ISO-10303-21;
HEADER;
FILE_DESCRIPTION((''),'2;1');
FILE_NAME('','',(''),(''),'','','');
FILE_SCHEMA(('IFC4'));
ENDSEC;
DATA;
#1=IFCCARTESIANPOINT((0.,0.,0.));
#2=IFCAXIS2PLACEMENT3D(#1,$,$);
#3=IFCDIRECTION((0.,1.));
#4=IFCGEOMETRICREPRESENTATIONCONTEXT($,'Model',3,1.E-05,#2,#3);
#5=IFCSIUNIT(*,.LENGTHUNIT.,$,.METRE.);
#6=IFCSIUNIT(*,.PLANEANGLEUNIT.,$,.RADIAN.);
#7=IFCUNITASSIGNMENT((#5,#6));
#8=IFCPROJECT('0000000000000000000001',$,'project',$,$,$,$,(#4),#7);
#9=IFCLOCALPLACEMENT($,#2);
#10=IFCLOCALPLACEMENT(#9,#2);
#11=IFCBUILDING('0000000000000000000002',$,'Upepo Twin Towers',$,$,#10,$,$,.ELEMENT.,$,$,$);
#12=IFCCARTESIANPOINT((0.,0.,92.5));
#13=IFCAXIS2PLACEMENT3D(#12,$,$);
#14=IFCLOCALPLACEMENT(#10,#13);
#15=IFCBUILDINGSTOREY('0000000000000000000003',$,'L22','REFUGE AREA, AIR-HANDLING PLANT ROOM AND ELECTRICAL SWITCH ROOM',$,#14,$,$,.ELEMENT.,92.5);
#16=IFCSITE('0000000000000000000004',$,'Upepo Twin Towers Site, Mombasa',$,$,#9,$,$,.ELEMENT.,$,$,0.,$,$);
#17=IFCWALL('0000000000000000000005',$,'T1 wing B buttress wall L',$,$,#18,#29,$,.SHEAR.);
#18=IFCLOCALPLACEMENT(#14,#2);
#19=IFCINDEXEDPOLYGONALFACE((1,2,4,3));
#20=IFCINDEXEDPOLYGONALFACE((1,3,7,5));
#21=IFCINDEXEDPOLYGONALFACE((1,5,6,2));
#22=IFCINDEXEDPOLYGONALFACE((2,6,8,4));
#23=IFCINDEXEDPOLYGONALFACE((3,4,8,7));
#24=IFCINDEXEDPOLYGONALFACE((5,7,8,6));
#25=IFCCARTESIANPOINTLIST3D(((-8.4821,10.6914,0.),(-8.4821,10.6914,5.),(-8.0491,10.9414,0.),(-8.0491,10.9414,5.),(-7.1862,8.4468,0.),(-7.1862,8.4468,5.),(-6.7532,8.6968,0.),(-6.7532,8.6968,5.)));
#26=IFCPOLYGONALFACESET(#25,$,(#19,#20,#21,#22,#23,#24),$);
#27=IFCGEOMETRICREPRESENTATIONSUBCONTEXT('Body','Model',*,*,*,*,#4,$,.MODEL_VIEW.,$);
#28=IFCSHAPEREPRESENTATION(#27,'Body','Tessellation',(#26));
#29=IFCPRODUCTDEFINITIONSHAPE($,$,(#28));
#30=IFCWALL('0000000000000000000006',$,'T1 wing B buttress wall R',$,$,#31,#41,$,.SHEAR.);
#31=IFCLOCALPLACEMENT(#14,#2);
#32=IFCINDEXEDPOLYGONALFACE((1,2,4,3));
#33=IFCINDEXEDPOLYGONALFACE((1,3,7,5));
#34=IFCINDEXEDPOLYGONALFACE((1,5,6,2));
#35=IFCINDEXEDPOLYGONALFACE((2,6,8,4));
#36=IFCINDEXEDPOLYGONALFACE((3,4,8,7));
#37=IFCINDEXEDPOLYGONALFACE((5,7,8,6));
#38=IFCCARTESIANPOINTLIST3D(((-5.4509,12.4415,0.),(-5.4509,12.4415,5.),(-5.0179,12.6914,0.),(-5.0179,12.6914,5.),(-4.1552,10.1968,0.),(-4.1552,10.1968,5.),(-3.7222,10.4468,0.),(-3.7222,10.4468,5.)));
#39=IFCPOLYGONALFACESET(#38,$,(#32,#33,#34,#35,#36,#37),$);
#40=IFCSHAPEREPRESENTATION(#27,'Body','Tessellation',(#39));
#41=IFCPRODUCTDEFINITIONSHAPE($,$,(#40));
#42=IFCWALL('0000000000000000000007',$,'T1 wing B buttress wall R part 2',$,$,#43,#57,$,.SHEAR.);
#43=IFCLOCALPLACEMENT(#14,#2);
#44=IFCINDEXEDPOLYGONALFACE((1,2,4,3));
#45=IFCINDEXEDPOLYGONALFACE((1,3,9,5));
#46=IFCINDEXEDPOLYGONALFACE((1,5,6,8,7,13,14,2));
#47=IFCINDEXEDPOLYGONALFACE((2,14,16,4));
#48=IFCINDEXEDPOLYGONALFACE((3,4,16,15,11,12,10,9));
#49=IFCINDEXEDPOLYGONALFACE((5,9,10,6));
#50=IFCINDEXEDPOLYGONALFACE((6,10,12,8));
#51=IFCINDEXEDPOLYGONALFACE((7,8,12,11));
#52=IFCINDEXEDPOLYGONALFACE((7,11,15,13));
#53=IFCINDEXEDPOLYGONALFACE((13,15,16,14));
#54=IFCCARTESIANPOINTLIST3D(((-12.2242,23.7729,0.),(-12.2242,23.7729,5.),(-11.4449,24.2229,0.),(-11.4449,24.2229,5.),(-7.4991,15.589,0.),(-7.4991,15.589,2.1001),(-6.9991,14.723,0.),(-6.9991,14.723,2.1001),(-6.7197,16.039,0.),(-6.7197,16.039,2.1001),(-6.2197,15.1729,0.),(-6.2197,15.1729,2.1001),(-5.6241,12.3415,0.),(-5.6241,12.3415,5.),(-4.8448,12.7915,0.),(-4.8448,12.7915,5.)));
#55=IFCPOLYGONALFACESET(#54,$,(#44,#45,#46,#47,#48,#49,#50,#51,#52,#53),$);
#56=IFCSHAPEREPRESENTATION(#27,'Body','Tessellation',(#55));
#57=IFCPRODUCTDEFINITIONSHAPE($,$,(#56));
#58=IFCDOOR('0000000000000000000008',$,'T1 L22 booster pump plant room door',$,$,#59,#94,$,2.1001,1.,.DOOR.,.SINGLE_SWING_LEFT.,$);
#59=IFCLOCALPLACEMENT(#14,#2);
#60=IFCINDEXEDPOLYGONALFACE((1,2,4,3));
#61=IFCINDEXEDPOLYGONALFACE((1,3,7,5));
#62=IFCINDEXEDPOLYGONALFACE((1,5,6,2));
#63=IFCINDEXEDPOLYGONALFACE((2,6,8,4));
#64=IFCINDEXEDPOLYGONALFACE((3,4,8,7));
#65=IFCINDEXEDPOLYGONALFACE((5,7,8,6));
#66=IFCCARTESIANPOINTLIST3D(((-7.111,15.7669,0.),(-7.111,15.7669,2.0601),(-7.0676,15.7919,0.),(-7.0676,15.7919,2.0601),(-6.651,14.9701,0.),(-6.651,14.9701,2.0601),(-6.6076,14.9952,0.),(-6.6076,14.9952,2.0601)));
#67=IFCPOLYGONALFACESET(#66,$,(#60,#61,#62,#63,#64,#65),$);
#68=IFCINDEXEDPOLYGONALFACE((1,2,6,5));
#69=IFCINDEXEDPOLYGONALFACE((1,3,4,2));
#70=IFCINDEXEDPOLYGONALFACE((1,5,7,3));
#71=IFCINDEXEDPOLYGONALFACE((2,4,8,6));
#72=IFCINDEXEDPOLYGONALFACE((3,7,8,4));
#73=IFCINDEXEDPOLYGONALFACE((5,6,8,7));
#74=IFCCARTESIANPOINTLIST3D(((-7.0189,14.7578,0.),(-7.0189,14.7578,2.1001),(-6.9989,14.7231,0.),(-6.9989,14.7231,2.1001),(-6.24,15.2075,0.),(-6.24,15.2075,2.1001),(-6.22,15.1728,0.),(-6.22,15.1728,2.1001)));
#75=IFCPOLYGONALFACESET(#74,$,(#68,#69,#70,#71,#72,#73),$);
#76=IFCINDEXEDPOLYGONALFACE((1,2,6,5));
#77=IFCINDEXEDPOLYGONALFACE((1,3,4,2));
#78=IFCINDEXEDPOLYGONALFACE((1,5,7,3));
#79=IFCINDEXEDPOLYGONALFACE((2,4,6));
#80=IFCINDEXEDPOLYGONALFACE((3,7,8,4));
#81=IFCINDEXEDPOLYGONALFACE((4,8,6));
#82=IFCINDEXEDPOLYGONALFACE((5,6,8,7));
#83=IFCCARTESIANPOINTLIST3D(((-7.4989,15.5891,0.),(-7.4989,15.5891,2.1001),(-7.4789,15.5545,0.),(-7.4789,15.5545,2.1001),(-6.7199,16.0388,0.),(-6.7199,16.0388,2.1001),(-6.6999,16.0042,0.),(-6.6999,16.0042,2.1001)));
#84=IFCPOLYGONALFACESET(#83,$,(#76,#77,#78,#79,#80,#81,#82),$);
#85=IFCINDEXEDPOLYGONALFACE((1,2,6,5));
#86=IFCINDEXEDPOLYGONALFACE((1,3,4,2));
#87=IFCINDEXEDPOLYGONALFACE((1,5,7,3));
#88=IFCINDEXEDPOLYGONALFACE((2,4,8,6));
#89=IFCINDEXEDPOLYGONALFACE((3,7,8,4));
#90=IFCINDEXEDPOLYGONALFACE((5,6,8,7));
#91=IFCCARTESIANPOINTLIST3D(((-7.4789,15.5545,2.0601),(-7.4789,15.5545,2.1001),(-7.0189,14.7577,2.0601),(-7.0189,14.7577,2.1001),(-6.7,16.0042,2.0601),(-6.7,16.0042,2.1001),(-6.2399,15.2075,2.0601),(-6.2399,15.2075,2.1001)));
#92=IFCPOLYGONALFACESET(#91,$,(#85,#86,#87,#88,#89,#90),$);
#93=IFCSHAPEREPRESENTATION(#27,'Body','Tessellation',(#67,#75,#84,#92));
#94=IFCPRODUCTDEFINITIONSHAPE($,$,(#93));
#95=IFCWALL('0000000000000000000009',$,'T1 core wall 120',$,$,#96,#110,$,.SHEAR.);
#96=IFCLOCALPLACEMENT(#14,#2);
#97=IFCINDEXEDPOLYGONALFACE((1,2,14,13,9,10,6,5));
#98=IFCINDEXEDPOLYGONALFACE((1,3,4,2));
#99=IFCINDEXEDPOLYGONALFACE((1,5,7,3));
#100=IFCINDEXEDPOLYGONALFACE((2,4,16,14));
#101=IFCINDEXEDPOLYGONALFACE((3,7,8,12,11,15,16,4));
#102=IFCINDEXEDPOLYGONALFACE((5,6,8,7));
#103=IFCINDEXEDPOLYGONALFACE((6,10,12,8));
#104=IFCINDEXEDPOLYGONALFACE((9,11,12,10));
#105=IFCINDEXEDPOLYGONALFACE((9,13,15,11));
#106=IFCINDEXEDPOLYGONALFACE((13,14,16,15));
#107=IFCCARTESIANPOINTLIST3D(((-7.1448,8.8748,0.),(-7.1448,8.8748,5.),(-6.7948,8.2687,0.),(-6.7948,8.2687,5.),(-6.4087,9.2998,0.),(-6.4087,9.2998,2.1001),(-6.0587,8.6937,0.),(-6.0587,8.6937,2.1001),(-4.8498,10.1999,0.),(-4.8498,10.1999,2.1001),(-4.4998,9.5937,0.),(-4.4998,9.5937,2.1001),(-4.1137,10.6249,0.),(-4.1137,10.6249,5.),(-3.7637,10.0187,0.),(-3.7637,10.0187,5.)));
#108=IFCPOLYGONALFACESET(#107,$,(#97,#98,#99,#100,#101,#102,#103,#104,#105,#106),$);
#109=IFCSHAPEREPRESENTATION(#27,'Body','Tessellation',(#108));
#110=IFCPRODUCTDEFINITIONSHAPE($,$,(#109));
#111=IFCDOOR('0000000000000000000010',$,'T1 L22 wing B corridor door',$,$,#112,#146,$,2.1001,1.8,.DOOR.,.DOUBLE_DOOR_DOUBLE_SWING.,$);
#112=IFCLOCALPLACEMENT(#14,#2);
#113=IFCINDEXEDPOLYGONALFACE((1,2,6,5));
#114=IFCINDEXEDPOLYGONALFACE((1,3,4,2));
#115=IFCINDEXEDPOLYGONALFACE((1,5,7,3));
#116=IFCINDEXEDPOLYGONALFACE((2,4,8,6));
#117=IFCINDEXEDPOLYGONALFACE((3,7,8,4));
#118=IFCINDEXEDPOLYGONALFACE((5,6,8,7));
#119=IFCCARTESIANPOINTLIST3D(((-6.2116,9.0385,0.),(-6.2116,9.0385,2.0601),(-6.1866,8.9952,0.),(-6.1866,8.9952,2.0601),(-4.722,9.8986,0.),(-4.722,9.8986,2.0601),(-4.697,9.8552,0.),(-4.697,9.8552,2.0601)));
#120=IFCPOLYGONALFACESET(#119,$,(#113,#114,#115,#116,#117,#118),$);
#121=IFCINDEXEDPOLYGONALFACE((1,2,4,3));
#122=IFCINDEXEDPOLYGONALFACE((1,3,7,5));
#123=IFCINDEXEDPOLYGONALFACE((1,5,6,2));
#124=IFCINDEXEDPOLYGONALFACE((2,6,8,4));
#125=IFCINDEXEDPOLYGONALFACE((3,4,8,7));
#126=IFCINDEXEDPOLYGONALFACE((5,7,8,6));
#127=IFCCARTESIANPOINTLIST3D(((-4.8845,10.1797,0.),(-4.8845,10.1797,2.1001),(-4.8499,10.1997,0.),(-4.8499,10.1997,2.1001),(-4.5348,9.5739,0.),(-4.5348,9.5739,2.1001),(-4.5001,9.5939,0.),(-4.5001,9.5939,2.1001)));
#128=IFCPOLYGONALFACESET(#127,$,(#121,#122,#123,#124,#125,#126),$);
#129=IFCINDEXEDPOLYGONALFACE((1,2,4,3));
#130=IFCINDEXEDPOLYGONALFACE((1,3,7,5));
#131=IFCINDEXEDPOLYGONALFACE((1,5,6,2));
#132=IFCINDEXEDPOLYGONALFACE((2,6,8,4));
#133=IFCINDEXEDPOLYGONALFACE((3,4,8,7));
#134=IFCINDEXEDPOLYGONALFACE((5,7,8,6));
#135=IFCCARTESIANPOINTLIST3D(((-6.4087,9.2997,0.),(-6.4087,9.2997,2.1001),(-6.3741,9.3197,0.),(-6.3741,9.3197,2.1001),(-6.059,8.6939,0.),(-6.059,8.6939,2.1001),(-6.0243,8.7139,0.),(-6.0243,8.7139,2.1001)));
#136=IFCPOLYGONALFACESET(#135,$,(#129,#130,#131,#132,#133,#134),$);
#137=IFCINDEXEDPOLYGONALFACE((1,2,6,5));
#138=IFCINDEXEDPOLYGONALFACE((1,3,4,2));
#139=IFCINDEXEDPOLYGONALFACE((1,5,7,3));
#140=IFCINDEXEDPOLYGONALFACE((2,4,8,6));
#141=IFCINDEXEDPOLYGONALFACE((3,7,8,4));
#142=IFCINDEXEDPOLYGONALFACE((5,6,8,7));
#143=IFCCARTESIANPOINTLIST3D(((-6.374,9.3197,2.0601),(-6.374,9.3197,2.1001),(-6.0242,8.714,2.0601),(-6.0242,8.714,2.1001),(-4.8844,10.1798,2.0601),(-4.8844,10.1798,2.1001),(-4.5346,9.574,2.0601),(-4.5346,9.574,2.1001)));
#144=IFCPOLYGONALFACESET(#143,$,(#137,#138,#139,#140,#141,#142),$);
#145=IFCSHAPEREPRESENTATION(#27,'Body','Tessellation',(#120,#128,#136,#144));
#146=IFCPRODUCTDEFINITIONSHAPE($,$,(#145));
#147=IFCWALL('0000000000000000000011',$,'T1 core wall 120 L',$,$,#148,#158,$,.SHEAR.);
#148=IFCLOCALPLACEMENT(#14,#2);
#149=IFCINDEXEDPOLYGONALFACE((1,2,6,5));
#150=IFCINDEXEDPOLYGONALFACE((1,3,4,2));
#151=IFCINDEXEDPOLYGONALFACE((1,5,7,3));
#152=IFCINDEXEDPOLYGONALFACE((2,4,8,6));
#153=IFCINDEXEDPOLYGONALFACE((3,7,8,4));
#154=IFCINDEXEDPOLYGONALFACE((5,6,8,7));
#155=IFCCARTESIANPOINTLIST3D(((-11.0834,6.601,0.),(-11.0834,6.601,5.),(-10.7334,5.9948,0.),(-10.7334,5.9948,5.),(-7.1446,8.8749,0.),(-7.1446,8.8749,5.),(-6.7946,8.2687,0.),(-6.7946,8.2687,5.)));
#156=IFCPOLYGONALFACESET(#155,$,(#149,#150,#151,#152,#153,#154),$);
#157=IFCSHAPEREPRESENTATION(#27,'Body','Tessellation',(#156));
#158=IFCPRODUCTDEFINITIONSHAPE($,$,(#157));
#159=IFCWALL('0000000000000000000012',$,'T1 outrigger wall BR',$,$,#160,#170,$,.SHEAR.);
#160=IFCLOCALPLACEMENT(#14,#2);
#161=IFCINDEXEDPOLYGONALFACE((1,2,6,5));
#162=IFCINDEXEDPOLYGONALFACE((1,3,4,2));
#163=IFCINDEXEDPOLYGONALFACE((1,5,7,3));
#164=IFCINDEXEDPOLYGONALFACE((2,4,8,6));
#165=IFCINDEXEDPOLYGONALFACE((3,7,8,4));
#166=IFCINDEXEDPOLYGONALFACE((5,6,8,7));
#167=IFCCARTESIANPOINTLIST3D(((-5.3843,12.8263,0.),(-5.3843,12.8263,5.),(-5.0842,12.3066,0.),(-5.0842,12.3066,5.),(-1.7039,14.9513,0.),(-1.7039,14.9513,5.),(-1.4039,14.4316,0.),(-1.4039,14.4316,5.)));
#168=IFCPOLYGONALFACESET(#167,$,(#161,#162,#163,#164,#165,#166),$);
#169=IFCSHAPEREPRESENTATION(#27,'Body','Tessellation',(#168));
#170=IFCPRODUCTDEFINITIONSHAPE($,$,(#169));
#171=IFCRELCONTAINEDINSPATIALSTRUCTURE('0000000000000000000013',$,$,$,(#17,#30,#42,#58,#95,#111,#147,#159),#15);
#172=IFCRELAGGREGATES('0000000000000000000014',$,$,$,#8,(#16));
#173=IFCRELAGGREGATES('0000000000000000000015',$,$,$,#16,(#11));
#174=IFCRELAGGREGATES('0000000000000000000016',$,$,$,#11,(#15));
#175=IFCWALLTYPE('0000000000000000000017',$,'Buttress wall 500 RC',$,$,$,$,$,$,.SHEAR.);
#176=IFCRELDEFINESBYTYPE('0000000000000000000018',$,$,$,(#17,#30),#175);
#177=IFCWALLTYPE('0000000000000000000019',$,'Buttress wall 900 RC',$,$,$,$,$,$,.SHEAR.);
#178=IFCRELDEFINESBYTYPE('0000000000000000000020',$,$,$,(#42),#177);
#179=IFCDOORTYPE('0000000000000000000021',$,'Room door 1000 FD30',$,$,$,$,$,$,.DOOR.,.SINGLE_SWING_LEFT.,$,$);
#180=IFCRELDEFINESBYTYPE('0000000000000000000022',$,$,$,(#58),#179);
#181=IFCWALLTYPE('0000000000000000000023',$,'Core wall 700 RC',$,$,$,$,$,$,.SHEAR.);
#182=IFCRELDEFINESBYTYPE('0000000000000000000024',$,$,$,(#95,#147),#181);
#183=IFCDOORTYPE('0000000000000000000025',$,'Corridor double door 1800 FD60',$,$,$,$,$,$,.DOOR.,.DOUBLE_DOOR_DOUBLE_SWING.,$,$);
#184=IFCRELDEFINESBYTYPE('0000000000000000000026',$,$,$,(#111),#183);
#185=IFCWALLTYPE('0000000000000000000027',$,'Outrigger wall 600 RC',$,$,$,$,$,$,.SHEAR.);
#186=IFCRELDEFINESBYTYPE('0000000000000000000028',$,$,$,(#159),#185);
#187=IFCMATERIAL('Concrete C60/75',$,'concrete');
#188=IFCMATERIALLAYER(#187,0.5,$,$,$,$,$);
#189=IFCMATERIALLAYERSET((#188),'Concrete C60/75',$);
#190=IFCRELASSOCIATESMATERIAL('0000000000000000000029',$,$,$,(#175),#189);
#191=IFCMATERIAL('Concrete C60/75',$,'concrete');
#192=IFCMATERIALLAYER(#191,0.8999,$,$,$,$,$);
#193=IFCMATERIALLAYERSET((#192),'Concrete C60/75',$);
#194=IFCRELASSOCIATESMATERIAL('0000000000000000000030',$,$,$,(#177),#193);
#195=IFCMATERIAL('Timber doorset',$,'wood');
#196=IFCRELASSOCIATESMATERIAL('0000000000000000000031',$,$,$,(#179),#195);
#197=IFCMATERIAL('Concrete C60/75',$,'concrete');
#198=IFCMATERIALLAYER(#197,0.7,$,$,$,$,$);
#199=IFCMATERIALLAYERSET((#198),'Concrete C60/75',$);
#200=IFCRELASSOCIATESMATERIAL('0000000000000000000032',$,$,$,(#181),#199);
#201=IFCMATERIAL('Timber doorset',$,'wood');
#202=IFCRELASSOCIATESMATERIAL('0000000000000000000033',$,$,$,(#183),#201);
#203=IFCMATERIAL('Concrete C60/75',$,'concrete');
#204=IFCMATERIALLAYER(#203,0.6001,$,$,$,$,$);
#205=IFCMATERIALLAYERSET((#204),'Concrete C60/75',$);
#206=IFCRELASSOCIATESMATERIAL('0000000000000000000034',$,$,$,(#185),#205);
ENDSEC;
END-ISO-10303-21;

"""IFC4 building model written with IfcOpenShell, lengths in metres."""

from ifc_helpers import new_model, si_unit, direction, frame, frame_2d, origin, place, context, subcontext, project, spatial, rectangle, extrude, material, layer, layer_set, type_object, element, fill, save


model = new_model("IFC4")

# Units and contexts
model_context = context("Model", 3, precision=1e-05, world=origin(), true_north=direction((0.0, 1.0)))
body_context = subcontext(model_context, "Body", "Model", "MODEL_VIEW")
ifc_project = project(units=[si_unit("LENGTHUNIT", "METRE"), si_unit("PLANEANGLEUNIT", "RADIAN")], contexts=[model_context])

# Site, building, storey
site_placement = place(None, origin())
site = spatial("IfcSite", under=ifc_project, at=site_placement, Name="Upepo Twin Towers Site, Mombasa", CompositionType="ELEMENT", RefElevation=0.0)
building_placement = place(site_placement, origin())
building = spatial("IfcBuilding", under=site, at=building_placement, Name="Upepo Twin Towers", CompositionType="ELEMENT")
storey_placement = place(building_placement, frame((0.0, 0.0, 92.5)))
storey = spatial("IfcBuildingStorey", under=building, at=storey_placement, Name="L22", Description="REFUGE AREA, AIR-HANDLING PLANT ROOM AND ELECTRICAL SWITCH ROOM", CompositionType="ELEMENT", Elevation=92.5)

# Walls
ifc_material_1 = material(Name="Concrete C60/75", Category="concrete")
ifc_layer_1 = layer(ifc_material_1, 0.5)
ifc_layer_set_1 = layer_set([ifc_layer_1], Name="Concrete C60/75")
wall_type_1 = type_object("IfcWallType", Name="Buttress wall 500 RC", PredefinedType="SHEAR", material=ifc_layer_set_1)
for number, where, z_axis, x_axis, name in (
    (1, (-6.9697, 8.5718, 0.0), (0.0, 0.0, 1.0), (-0.499989, 0.866032, 0.0), "T1 wing B buttress wall L"),
    (2, (-3.9387, 10.3218, 0.0), (0.0, 0.0, 1.0), (-0.499918, 0.866073, 0.0), "T1 wing B buttress wall R"),
):
    element("IfcWall", number, at=place(storey_placement, frame(where, z_axis=z_axis, x_axis=x_axis)), inside=storey, type_object=wall_type_1, Name=name, PredefinedType="SHEAR", context=body_context, shape_type="SweptSolid", body=[
        extrude(rectangle(XDim=2.5918, YDim=0.5, at=frame_2d((1.2959, 0.0))), origin(), (0.0, 0.0, 1.0), 5.0),
    ])

# Walls, openings, doors
ifc_material_2 = material(Name="Concrete C60/75", Category="concrete")
ifc_layer_2 = layer(ifc_material_2, 0.8999)
ifc_layer_set_2 = layer_set([ifc_layer_2], Name="Concrete C60/75")
wall_type_2 = type_object("IfcWallType", Name="Buttress wall 900 RC", PredefinedType="SHEAR", material=ifc_layer_set_2)
wall_1_placement = place(storey_placement, frame((-5.2344, 12.5664, 0.0), z_axis=(0.0, 0.0, 1.0), x_axis=(-0.50001, 0.86602, 0.0)))
wall_1 = element("IfcWall", 3, at=wall_1_placement, inside=storey, type_object=wall_type_2, Name="T1 wing B buttress wall R part 2", PredefinedType="SHEAR", context=body_context, shape_type="SweptSolid", body=[
    extrude(rectangle(XDim=13.2, YDim=0.8999, at=frame_2d((6.6001, 0.0))), origin(), (0.0, 0.0, 1.0), 5.0),
])
opening_1_placement = place(wall_1_placement, frame((2.75, 0.0, 0.0)))
opening_1 = element("IfcOpeningElement", 4, at=opening_1_placement, cuts=wall_1, PredefinedType="OPENING", context=body_context, shape_type="SweptSolid", body=[
    extrude(rectangle(XDim=1.0, YDim=2.1001, at=frame_2d((0.5, 1.05))), frame((0.0, 0.46, 0.0), z_axis=(0.0, -1.0, 0.0), x_axis=(1.0, 0.0, 0.0)), (0.0, 0.0, 1.0), 0.9199),
])
ifc_material_3 = material(Name="Timber doorset", Category="wood")
door_type_1 = type_object("IfcDoorType", Name="Room door 1000 FD30", OperationType="SINGLE_SWING_LEFT", PredefinedType="DOOR", material=ifc_material_3)
door_1_placement = place(opening_1_placement, origin())
door_1 = element("IfcDoor", 5, at=door_1_placement, inside=storey, type_object=door_type_1, Name="T1 L22 booster pump plant room door", OperationType="SINGLE_SWING_LEFT", OverallHeight=2.1001, OverallWidth=1.0, PredefinedType="DOOR", context=body_context, shape_type="SweptSolid", body=[
    extrude(rectangle(XDim=0.92, YDim=2.0601, at=frame_2d((0.5, 1.03))), frame((0.0, 0.0249, 0.0), z_axis=(0.0, -1.0, 0.0), x_axis=(1.0, 0.0, 0.0)), (0.0, 0.0, 1.0), 0.05),
    extrude(rectangle(XDim=0.04, YDim=2.1001, at=frame_2d((0.02, 1.05))), frame((0.0, 0.4497, 0.0), z_axis=(0.0, -1.0, 0.0), x_axis=(1.0, 0.0, 0.0)), (0.0, 0.0, 1.0), 0.8994),
    extrude(rectangle(XDim=0.04, YDim=2.1001, at=frame_2d((0.98, 1.05))), frame((0.0, 0.4497, 0.0), z_axis=(0.0, -1.0, 0.0), x_axis=(1.0, 0.0, 0.0)), (0.0, 0.0, 1.0), 0.8994),
    extrude(rectangle(XDim=0.92, YDim=0.04, at=frame_2d((0.5, 2.0801))), frame((0.0, 0.4497, 0.0), z_axis=(0.0, -1.0, 0.0), x_axis=(1.0, 0.0, 0.0)), (0.0, 0.0, 1.0), 0.8994),
])
fill(opening_1, door_1)
ifc_material_4 = material(Name="Concrete C60/75", Category="concrete")
ifc_layer_3 = layer(ifc_material_4, 0.7)
ifc_layer_set_3 = layer_set([ifc_layer_3], Name="Concrete C60/75")
wall_type_3 = type_object("IfcWallType", Name="Core wall 700 RC", PredefinedType="SHEAR", material=ifc_layer_set_3)
wall_2_placement = place(storey_placement, frame((-3.9387, 10.3218, 0.0), z_axis=(0.0, 0.0, 1.0), x_axis=(-0.866019, -0.50001, 0.0)))
wall_2 = element("IfcWall", 6, at=wall_2_placement, inside=storey, type_object=wall_type_3, Name="T1 core wall 120", PredefinedType="SHEAR", context=body_context, shape_type="SweptSolid", body=[
    extrude(rectangle(XDim=3.5, YDim=0.7, at=frame_2d((1.75, 0.0))), origin(), (0.0, 0.0, 1.0), 5.0),
])
opening_2_placement = place(wall_2_placement, frame((0.8501, 0.0, 0.0)))
opening_2 = element("IfcOpeningElement", 7, at=opening_2_placement, cuts=wall_2, PredefinedType="OPENING", context=body_context, shape_type="SweptSolid", body=[
    extrude(rectangle(XDim=1.8, YDim=2.1001, at=frame_2d((0.8999, 1.05))), frame((0.0, 0.3599, 0.0), z_axis=(0.0, -1.0, 0.0), x_axis=(1.0, 0.0, 0.0)), (0.0, 0.0, 1.0), 0.72),
])
ifc_material_5 = material(Name="Timber doorset", Category="wood")
door_type_2 = type_object("IfcDoorType", Name="Corridor double door 1800 FD60", OperationType="DOUBLE_DOOR_DOUBLE_SWING", PredefinedType="DOOR", material=ifc_material_5)
door_2_placement = place(opening_2_placement, origin())
door_2 = element("IfcDoor", 8, at=door_2_placement, inside=storey, type_object=door_type_2, Name="T1 L22 wing B corridor door", OperationType="DOUBLE_DOOR_DOUBLE_SWING", OverallHeight=2.1001, OverallWidth=1.8, PredefinedType="DOOR", context=body_context, shape_type="SweptSolid", body=[
    extrude(rectangle(XDim=1.72, YDim=2.0601, at=frame_2d((0.8999, 1.03))), frame((0.0, 0.0249, 0.0), z_axis=(0.0, -1.0, 0.0), x_axis=(1.0, 0.0, 0.0)), (0.0, 0.0, 1.0), 0.05),
    extrude(rectangle(XDim=0.04, YDim=2.1001, at=frame_2d((0.02, 1.05))), frame((0.0, 0.3496, 0.0), z_axis=(0.0, -1.0, 0.0), x_axis=(1.0, 0.0, 0.0)), (0.0, 0.0, 1.0), 0.6995),
    extrude(rectangle(XDim=0.04, YDim=2.1001, at=frame_2d((1.78, 1.05))), frame((0.0, 0.3496, 0.0), z_axis=(0.0, -1.0, 0.0), x_axis=(1.0, 0.0, 0.0)), (0.0, 0.0, 1.0), 0.6995),
    extrude(rectangle(XDim=1.72, YDim=0.04, at=frame_2d((0.8999, 2.0801))), frame((0.0, 0.3496, 0.0), z_axis=(0.0, -1.0, 0.0), x_axis=(1.0, 0.0, 0.0)), (0.0, 0.0, 1.0), 0.6995),
])
fill(opening_2, door_2)

# Walls
wall_3_placement = place(storey_placement, frame((-6.9697, 8.5718, 0.0), z_axis=(0.0, 0.0, 1.0), x_axis=(-0.866035, -0.499984, 0.0)))
element("IfcWall", 9, at=wall_3_placement, inside=storey, type_object=wall_type_3, Name="T1 core wall 120 L", PredefinedType="SHEAR", context=body_context, shape_type="SweptSolid", body=[
    extrude(rectangle(XDim=4.5481, YDim=0.7, at=frame_2d((2.2739, 0.0))), origin(), (0.0, 0.0, 1.0), 5.0),
])
ifc_material_6 = material(Name="Concrete C60/75", Category="concrete")
ifc_layer_4 = layer(ifc_material_6, 0.6001)
ifc_layer_set_4 = layer_set([ifc_layer_4], Name="Concrete C60/75")
wall_type_4 = type_object("IfcWallType", Name="Outrigger wall 600 RC", PredefinedType="SHEAR", material=ifc_layer_set_4)
wall_4_placement = place(storey_placement, frame((-5.2344, 12.5664, 0.0), z_axis=(0.0, 0.0, 1.0), x_axis=(0.866014, 0.500019, 0.0)))
element("IfcWall", 10, at=wall_4_placement, inside=storey, type_object=wall_type_4, Name="T1 outrigger wall BR", PredefinedType="SHEAR", context=body_context, shape_type="SweptSolid", body=[
    extrude(rectangle(XDim=4.2498, YDim=0.6001, at=frame_2d((2.125, 0.0))), origin(), (0.0, 0.0, 1.0), 5.0),
])

save(model, "model.ifc")
